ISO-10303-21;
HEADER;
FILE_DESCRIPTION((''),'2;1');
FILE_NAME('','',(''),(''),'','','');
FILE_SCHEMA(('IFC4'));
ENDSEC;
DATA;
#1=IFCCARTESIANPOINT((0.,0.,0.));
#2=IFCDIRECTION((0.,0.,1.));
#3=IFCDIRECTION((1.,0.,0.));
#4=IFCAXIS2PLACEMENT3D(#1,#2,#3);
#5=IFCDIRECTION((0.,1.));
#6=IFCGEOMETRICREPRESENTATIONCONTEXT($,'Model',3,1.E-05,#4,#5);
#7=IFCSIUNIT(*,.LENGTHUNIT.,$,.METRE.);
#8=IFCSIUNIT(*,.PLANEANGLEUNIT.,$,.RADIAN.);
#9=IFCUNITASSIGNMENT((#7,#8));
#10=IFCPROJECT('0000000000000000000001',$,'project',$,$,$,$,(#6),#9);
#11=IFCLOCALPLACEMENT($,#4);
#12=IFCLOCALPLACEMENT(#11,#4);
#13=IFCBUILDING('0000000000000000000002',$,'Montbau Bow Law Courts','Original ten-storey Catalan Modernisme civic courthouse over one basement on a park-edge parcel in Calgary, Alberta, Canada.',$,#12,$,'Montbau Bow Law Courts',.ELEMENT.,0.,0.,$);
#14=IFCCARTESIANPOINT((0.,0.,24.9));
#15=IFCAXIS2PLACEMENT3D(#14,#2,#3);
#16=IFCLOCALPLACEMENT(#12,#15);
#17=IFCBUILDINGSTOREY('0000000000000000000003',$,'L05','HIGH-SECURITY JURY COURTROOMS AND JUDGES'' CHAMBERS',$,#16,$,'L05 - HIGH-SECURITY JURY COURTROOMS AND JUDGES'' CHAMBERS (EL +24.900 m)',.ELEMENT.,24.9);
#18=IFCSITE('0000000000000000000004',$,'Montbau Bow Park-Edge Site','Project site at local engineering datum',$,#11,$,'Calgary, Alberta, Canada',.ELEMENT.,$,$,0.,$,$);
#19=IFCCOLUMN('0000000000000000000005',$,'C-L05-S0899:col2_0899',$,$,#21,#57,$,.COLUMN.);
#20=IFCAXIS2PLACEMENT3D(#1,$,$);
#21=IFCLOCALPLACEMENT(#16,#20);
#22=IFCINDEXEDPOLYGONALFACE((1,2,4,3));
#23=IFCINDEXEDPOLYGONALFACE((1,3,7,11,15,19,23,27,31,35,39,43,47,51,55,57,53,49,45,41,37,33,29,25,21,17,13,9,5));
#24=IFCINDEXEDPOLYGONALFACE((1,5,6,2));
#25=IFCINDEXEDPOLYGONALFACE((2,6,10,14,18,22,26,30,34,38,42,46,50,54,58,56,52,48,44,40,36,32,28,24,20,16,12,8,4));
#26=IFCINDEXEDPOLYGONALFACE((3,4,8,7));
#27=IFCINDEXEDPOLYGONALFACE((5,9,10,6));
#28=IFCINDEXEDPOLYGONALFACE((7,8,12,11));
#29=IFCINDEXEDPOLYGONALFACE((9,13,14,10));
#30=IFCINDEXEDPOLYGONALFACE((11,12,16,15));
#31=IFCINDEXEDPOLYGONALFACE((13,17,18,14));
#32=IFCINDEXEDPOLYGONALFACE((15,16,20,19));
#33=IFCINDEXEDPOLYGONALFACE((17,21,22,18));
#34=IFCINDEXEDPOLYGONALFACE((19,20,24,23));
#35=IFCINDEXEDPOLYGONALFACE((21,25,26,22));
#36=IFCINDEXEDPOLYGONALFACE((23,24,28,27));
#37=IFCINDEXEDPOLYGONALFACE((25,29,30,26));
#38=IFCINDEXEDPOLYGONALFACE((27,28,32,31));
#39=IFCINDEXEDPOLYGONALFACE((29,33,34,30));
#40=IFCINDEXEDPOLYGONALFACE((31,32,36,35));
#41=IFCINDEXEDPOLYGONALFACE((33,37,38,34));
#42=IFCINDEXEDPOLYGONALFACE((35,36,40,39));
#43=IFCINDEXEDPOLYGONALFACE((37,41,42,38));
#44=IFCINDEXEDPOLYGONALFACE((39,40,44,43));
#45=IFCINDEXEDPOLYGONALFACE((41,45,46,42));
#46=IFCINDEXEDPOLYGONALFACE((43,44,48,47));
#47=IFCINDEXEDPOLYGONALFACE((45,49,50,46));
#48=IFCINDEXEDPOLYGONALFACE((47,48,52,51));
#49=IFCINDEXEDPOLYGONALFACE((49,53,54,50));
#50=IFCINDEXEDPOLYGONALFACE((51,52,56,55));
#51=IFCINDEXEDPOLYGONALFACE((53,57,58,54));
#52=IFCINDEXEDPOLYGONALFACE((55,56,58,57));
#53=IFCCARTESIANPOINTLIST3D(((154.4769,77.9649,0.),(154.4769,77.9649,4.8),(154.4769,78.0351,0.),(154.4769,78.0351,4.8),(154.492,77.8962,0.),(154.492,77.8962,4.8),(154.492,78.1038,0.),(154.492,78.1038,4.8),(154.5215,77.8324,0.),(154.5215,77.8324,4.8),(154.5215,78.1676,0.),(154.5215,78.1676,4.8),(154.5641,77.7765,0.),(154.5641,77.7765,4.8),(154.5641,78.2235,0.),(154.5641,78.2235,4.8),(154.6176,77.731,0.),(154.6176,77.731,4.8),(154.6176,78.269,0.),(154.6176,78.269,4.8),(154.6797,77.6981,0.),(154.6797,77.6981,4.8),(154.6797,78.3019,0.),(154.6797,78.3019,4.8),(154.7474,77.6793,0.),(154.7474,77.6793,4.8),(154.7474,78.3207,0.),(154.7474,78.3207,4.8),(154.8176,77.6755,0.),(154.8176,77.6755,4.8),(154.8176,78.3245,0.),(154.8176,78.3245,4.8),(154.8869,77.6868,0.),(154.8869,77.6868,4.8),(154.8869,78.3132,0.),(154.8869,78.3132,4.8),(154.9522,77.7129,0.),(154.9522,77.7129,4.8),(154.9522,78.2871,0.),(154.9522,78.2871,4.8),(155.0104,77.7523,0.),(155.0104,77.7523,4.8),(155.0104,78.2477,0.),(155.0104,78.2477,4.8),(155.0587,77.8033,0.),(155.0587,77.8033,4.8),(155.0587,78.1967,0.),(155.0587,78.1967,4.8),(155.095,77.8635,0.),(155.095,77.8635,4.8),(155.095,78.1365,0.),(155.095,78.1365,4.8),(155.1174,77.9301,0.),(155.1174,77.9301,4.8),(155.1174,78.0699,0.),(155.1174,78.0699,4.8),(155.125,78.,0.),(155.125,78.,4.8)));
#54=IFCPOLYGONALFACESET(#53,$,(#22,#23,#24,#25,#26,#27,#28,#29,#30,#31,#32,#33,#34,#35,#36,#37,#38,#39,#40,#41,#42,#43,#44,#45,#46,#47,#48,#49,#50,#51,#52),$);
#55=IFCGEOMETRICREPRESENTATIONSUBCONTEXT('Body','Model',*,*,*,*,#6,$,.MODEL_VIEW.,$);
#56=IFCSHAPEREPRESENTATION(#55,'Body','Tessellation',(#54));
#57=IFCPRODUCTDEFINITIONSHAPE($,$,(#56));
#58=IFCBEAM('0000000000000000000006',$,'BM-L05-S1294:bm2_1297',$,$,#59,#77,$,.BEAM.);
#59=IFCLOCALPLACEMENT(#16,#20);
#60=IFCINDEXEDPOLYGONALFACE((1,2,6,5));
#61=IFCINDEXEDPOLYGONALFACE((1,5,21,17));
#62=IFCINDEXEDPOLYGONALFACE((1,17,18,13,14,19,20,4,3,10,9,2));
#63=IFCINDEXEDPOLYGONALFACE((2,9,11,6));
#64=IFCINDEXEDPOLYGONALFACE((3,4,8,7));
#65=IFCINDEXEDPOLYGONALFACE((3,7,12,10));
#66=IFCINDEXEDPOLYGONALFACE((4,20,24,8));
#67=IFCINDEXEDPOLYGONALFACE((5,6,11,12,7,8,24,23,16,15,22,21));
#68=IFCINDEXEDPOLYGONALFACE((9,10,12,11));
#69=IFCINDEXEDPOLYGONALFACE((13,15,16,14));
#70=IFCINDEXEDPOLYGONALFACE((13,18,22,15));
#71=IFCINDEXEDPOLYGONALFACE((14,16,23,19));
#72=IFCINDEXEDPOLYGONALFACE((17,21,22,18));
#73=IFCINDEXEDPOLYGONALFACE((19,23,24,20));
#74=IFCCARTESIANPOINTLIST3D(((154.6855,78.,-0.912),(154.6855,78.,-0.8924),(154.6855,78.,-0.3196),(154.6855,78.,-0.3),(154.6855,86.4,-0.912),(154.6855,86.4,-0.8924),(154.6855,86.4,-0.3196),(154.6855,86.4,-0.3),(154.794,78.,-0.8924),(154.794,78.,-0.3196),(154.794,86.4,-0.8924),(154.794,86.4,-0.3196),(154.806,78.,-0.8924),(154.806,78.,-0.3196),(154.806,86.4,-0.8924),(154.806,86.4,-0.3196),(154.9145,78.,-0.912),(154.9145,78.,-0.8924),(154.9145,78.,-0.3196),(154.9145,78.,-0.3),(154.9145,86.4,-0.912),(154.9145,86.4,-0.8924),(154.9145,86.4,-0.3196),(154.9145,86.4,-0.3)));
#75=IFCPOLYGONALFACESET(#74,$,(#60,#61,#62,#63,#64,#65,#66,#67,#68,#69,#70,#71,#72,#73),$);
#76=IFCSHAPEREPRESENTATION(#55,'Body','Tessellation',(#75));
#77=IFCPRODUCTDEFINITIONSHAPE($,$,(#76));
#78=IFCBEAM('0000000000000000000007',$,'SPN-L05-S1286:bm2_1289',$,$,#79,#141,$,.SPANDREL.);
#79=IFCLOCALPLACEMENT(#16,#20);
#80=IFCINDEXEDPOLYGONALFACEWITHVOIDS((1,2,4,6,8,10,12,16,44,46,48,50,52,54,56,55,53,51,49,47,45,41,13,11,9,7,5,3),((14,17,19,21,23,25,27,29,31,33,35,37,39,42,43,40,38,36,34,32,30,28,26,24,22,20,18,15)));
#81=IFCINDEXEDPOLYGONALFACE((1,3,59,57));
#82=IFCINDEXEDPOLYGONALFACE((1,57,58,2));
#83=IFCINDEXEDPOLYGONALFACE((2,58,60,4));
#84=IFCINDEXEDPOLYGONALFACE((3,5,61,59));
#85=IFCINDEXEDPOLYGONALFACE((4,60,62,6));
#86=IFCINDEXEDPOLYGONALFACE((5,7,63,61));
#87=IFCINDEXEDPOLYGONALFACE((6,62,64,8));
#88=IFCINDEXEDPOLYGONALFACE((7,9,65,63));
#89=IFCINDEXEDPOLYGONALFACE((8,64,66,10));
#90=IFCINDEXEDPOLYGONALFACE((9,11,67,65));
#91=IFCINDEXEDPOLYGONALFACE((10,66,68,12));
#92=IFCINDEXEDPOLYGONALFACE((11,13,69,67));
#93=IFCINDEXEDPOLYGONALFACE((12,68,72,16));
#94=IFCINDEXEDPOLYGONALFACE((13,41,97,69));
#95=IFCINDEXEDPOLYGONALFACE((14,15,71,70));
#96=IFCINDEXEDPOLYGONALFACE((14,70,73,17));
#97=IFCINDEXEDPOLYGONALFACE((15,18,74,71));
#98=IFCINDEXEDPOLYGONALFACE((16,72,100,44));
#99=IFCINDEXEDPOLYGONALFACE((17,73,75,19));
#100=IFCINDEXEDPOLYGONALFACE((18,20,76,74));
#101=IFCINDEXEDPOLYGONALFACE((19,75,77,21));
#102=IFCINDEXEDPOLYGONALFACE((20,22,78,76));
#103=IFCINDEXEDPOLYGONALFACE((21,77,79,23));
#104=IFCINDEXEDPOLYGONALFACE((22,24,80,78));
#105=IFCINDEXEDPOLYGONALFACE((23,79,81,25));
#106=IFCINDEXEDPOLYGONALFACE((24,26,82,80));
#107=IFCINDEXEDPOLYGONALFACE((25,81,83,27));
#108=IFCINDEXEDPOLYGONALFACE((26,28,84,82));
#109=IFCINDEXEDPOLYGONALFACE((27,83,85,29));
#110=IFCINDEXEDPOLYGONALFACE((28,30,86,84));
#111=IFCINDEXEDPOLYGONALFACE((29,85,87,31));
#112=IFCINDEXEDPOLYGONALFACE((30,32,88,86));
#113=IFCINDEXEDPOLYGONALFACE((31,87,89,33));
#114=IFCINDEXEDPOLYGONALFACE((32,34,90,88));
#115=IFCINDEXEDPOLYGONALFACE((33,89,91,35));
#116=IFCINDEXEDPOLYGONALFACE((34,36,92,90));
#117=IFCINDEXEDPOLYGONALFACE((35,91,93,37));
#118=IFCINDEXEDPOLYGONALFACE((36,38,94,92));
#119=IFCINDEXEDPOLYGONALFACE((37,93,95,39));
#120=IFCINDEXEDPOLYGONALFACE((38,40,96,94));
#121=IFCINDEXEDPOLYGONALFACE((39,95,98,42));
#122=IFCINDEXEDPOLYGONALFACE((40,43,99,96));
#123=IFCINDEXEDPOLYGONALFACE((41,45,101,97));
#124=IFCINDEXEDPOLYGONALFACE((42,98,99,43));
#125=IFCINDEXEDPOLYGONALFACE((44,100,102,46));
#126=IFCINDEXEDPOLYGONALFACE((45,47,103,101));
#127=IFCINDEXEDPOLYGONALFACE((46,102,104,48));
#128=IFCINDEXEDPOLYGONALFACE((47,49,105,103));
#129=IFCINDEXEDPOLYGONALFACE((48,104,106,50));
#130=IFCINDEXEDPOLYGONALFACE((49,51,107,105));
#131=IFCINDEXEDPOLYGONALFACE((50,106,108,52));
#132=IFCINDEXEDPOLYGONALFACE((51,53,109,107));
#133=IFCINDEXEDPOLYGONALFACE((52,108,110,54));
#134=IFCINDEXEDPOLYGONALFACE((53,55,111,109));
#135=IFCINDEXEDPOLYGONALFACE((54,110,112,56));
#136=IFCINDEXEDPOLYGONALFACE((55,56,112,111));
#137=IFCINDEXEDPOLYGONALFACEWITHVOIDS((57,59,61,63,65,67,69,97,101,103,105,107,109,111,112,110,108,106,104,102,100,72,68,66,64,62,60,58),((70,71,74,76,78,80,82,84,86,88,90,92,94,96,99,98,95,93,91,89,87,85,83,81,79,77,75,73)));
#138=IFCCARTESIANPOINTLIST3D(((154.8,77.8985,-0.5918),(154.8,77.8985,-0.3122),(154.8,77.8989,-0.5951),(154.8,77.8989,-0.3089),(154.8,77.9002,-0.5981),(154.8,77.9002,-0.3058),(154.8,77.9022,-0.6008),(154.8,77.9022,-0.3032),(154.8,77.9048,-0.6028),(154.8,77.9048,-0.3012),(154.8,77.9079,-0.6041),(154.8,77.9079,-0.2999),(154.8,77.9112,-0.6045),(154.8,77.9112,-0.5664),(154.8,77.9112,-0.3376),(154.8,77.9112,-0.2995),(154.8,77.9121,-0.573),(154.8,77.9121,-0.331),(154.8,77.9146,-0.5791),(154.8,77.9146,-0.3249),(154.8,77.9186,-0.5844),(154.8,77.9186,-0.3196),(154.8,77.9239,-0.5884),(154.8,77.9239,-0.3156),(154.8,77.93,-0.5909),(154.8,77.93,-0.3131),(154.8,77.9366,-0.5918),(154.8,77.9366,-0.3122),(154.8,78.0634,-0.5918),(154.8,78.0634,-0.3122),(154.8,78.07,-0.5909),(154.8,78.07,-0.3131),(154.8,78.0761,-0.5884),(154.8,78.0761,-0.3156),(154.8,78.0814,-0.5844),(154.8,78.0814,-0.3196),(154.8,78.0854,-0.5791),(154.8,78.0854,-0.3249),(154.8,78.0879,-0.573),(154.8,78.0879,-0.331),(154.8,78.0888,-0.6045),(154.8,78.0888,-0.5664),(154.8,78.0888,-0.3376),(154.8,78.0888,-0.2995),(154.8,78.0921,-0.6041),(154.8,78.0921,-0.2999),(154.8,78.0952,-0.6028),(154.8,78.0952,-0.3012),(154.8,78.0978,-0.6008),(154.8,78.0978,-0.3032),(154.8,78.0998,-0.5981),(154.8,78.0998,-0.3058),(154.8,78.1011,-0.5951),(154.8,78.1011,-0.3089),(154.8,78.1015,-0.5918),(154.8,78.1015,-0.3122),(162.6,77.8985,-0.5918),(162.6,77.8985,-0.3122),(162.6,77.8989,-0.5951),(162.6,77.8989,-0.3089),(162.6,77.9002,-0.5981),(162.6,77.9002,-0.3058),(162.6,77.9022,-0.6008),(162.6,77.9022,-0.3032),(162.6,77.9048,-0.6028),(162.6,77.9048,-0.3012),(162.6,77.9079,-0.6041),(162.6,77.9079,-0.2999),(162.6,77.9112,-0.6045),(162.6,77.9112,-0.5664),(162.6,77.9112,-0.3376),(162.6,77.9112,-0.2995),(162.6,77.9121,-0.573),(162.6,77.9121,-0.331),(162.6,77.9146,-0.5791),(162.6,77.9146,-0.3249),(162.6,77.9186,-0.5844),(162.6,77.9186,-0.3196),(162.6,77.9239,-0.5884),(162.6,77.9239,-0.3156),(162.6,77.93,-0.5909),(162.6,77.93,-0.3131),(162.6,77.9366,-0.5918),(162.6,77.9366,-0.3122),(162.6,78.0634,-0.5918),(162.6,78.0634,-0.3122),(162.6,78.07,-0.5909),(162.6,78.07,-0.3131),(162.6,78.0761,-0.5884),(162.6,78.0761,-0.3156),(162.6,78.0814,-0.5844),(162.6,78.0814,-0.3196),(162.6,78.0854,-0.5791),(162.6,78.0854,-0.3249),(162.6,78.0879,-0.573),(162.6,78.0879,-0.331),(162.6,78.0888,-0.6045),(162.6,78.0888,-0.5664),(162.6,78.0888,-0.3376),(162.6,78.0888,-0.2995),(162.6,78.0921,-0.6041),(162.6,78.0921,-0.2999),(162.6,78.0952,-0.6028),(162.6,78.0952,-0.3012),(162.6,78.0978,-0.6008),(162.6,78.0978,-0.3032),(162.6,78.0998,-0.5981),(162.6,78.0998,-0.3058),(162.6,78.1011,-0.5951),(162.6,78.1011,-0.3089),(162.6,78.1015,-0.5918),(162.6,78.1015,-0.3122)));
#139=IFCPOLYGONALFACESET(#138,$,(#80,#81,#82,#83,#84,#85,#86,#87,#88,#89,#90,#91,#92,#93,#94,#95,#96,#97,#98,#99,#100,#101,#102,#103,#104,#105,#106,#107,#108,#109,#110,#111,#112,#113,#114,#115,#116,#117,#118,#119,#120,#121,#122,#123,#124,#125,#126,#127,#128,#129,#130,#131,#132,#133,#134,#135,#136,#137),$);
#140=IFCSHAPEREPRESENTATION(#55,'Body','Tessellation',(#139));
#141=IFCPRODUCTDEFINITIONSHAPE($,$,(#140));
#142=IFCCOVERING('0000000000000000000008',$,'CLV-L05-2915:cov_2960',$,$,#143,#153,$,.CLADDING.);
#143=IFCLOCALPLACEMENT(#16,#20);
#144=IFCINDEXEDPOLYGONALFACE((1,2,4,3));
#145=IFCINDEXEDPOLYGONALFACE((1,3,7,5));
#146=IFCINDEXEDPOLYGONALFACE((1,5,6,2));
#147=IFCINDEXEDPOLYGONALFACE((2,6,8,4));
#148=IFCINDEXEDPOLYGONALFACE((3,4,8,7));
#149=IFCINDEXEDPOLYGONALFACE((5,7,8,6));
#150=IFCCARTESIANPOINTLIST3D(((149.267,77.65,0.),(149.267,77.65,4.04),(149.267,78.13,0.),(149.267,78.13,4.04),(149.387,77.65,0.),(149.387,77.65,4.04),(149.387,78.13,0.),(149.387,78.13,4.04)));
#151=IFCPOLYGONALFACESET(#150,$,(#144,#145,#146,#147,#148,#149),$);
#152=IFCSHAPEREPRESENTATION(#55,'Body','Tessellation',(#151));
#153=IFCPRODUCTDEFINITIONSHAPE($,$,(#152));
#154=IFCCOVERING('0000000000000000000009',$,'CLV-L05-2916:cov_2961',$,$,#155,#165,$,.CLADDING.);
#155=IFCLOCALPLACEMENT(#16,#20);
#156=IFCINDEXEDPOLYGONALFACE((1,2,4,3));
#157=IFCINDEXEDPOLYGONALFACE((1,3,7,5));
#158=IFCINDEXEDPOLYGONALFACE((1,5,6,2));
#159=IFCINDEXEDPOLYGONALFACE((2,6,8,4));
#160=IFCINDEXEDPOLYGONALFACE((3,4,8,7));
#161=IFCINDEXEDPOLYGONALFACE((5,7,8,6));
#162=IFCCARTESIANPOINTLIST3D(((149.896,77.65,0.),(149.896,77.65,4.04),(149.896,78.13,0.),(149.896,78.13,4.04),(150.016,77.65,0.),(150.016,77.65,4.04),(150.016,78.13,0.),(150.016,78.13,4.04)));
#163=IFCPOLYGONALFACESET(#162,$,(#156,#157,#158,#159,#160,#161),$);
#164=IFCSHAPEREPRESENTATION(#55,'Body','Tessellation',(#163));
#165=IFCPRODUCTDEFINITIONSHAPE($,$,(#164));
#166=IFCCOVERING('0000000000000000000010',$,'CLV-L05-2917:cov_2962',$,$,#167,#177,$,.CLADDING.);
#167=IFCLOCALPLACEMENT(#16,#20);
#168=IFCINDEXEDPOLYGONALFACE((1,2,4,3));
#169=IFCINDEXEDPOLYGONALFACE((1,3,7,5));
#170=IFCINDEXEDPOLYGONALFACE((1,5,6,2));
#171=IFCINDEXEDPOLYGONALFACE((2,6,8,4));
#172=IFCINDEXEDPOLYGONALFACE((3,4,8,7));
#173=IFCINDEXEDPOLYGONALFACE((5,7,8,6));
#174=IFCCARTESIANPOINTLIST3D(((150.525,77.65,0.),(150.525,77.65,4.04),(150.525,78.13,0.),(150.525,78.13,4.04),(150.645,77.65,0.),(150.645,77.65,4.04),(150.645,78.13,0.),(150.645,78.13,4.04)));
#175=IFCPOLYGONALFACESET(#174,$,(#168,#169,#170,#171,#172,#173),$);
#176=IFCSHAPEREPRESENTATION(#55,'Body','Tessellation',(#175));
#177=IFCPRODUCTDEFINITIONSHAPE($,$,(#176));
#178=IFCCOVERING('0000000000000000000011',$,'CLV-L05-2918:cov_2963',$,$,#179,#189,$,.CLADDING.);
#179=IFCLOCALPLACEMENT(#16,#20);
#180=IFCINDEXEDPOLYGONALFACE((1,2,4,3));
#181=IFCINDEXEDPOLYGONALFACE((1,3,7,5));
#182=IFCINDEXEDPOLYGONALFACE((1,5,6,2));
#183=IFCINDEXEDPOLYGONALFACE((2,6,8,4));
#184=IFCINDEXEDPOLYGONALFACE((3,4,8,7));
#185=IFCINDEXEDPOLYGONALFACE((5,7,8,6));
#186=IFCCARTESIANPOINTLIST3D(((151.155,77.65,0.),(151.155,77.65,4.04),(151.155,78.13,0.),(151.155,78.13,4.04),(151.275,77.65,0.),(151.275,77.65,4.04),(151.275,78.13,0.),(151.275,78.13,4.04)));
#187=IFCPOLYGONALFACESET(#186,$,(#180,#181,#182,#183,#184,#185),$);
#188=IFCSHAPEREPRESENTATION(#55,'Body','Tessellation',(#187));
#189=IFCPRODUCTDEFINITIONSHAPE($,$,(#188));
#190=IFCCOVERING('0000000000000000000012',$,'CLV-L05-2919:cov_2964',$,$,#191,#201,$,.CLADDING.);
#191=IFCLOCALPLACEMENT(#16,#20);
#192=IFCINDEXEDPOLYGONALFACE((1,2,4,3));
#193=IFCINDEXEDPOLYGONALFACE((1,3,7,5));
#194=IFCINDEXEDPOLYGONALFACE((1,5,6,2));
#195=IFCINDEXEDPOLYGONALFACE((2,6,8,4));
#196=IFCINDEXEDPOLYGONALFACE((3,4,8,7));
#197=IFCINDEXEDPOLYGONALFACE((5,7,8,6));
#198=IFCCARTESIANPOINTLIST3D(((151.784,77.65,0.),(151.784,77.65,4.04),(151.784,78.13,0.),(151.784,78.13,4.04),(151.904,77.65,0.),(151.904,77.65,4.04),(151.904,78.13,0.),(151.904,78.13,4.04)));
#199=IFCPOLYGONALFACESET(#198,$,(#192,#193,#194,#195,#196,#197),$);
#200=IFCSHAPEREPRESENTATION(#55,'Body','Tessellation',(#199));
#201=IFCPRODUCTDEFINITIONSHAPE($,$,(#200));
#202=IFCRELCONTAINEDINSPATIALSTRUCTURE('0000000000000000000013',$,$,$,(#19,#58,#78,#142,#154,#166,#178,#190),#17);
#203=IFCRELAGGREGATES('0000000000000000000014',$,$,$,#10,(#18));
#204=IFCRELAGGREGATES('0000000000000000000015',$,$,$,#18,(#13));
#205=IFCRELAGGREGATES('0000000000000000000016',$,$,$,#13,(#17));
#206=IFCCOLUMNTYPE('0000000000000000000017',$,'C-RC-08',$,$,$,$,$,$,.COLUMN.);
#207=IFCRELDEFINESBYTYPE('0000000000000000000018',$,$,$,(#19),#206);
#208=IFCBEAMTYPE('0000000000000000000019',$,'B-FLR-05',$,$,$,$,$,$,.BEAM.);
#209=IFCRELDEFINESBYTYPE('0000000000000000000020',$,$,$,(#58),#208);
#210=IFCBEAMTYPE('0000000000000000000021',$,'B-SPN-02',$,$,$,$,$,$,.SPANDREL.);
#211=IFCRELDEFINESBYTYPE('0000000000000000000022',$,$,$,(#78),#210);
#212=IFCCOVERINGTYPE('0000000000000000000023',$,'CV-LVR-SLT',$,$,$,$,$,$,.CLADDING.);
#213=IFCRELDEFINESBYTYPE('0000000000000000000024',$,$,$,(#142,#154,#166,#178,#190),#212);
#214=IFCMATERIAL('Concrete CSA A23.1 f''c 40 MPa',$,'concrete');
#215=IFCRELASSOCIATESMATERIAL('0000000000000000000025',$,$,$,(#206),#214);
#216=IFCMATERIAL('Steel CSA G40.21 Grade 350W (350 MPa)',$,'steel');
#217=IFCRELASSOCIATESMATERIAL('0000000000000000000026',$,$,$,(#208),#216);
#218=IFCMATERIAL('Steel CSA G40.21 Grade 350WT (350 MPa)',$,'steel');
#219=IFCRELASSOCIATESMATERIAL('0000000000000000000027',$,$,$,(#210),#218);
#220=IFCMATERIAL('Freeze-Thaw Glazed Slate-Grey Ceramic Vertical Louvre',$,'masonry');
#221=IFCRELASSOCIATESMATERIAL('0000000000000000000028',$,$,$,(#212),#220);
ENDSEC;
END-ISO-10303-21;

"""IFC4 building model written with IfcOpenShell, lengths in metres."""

from ifc_helpers import new_model, si_unit, direction, frame, frame_2d, origin_with_axes, origin_2d_with_axis, place, context, subcontext, project, spatial, rectangle, hollow_rectangle, circle, i_section, extrude, material, material_profile, profile_set, type_object, element, save


model = new_model("IFC4")

# Units and contexts
model_context = context("Model", 3, precision=1e-05, world=origin_with_axes(), true_north=direction((0.0, 1.0)))
body_context = subcontext(model_context, "Body", "Model", "MODEL_VIEW")
ifc_project = project(units=[si_unit("LENGTHUNIT", "METRE"), si_unit("PLANEANGLEUNIT", "RADIAN")], contexts=[model_context])

# Site, building, storey
site_placement = place(None, origin_with_axes())
site = spatial("IfcSite", under=ifc_project, at=site_placement, Name="Montbau Bow Park-Edge Site", Description="Project site at local engineering datum", LongName="Calgary, Alberta, Canada", CompositionType="ELEMENT", RefElevation=0.0)
building_placement = place(site_placement, origin_with_axes())
building = spatial("IfcBuilding", under=site, at=building_placement, Name="Montbau Bow Law Courts", Description="Original ten-storey Catalan Modernisme civic courthouse over one basement on a park-edge parcel in Calgary, Alberta, Canada.", LongName="Montbau Bow Law Courts", CompositionType="ELEMENT", ElevationOfRefHeight=0.0, ElevationOfTerrain=0.0)
storey_placement = place(building_placement, frame((0.0, 0.0, 24.9), z_axis=(0.0, 0.0, 1.0), x_axis=(1.0, 0.0, 0.0)))
storey = spatial("IfcBuildingStorey", under=building, at=storey_placement, Name="L05", Description="HIGH-SECURITY JURY COURTROOMS AND JUDGES' CHAMBERS", LongName="L05 - HIGH-SECURITY JURY COURTROOMS AND JUDGES' CHAMBERS (EL +24.900 m)", CompositionType="ELEMENT", Elevation=24.9)

# Column
ifc_material_1 = material(Name="Concrete CSA A23.1 f'c 40 MPa", Category="concrete")
ifc_material_profile_1 = material_profile(ifc_material_1, circle(Radius=0.325, at=origin_2d_with_axis()), Name="RC650D", Category="Main", Priority=0)
ifc_profile_set_1 = profile_set([ifc_material_profile_1], Name="Concrete CSA A23.1 f'c 40 MPa")
column_type = type_object("IfcColumnType", Name="C-RC-08", PredefinedType="COLUMN", material=ifc_profile_set_1)
column_placement = place(None, frame((154.8, 78.0, 24.9), z_axis=(0.0, 0.0, 1.0), x_axis=(1.0, 0.0, 0.0)))
element("IfcColumn", 1, at=column_placement, inside=storey, type_object=column_type, Name="C-L05-S0899:col2_0899", PredefinedType="COLUMN", context=body_context, shape_type="SweptSolid", body=[
    extrude(circle(Radius=0.325, at=origin_2d_with_axis()), origin_with_axes(), (0.0, 0.0, 1.0), 4.8),
])

# Beams
ifc_material_2 = material(Name="Steel CSA G40.21 Grade 350W (350 MPa)", Category="steel")
ifc_material_profile_2 = material_profile(ifc_material_2, i_section(OverallWidth=0.229, OverallDepth=0.612, WebThickness=0.0119, FlangeThickness=0.0196, at=origin_2d_with_axis()), Name="W610X125", Category="Main", Priority=0)
ifc_profile_set_2 = profile_set([ifc_material_profile_2], Name="Steel CSA G40.21 Grade 350W (350 MPa)")
beam_type_1 = type_object("IfcBeamType", Name="B-FLR-05", PredefinedType="BEAM", material=ifc_profile_set_2)
beam_1_placement = place(None, frame((154.8, 78.0, 24.294), z_axis=(0.0, 1.0, 0.0), x_axis=(-1.0, 0.0, 0.0)))
element("IfcBeam", 2, at=beam_1_placement, inside=storey, type_object=beam_type_1, Name="BM-L05-S1294:bm2_1297", PredefinedType="BEAM", context=body_context, shape_type="SweptSolid", body=[
    extrude(i_section(OverallWidth=0.229, OverallDepth=0.612, WebThickness=0.0119, FlangeThickness=0.0196, at=origin_2d_with_axis()), origin_with_axes(), (0.0, 0.0, 1.0), 8.4),
])
ifc_material_3 = material(Name="Steel CSA G40.21 Grade 350WT (350 MPa)", Category="steel")
ifc_material_profile_3 = material_profile(ifc_material_3, hollow_rectangle(XDim=0.203, YDim=0.305, WallThickness=0.0127, InnerFilletRadius=0.0254, OuterFilletRadius=0.0127, at=origin_2d_with_axis()), Name="HSS305X203X13", Category="Main", Priority=0)
ifc_profile_set_3 = profile_set([ifc_material_profile_3], Name="Steel CSA G40.21 Grade 350WT (350 MPa)")
beam_type_2 = type_object("IfcBeamType", Name="B-SPN-02", PredefinedType="SPANDREL", material=ifc_profile_set_3)
beam_2_placement = place(None, frame((154.8, 78.0, 24.448), z_axis=(1.0, 0.0, 0.0), x_axis=(0.0, 1.0, 0.0)))
element("IfcBeam", 3, at=beam_2_placement, inside=storey, type_object=beam_type_2, Name="SPN-L05-S1286:bm2_1289", PredefinedType="SPANDREL", context=body_context, shape_type="SweptSolid", body=[
    extrude(hollow_rectangle(XDim=0.203, YDim=0.305, WallThickness=0.0127, InnerFilletRadius=0.0254, OuterFilletRadius=0.0127, at=origin_2d_with_axis()), origin_with_axes(), (0.0, 0.0, 1.0), 7.8),
])

# Coverings
ifc_material_4 = material(Name="Freeze-Thaw Glazed Slate-Grey Ceramic Vertical Louvre", Category="masonry")
covering_type = type_object("IfcCoveringType", Name="CV-LVR-SLT", PredefinedType="CLADDING", material=ifc_material_4)
for number, where, z_axis, x_axis, name in (
    (4, (149.327, 78.13, 24.9), (-1.0, 0.0, 0.0), (0.0, -1.0, 0.0), "CLV-L05-2915:cov_2960"),
    (5, (149.956, 78.13, 24.9), (-1.0, 0.0, 0.0), (0.0, -1.0, 0.0), "CLV-L05-2916:cov_2961"),
    (6, (150.585, 78.13, 24.9), (-1.0, 0.0, 0.0), (0.0, -1.0, 0.0), "CLV-L05-2917:cov_2962"),
    (7, (151.215, 78.13, 24.9), (-1.0, 0.0, 0.0), (0.0, -1.0, 0.0), "CLV-L05-2918:cov_2963"),
    (8, (151.844, 78.13, 24.9), (-1.0, 0.0, 0.0), (0.0, -1.0, 0.0), "CLV-L05-2919:cov_2964"),
):
    element("IfcCovering", number, at=place(None, frame(where, z_axis=z_axis, x_axis=x_axis)), inside=storey, type_object=covering_type, Name=name, PredefinedType="CLADDING", context=body_context, shape_type="SweptSolid", body=[
        extrude(rectangle(XDim=0.48, YDim=4.04, at=frame_2d((0.24, 2.02), x_axis=(1.0, 0.0))), frame((0.0, 0.0, -0.06), z_axis=(0.0, 0.0, 1.0), x_axis=(1.0, 0.0, 0.0)), (0.0, 0.0, 1.0), 0.12),
    ])

save(model, "model.ifc")
